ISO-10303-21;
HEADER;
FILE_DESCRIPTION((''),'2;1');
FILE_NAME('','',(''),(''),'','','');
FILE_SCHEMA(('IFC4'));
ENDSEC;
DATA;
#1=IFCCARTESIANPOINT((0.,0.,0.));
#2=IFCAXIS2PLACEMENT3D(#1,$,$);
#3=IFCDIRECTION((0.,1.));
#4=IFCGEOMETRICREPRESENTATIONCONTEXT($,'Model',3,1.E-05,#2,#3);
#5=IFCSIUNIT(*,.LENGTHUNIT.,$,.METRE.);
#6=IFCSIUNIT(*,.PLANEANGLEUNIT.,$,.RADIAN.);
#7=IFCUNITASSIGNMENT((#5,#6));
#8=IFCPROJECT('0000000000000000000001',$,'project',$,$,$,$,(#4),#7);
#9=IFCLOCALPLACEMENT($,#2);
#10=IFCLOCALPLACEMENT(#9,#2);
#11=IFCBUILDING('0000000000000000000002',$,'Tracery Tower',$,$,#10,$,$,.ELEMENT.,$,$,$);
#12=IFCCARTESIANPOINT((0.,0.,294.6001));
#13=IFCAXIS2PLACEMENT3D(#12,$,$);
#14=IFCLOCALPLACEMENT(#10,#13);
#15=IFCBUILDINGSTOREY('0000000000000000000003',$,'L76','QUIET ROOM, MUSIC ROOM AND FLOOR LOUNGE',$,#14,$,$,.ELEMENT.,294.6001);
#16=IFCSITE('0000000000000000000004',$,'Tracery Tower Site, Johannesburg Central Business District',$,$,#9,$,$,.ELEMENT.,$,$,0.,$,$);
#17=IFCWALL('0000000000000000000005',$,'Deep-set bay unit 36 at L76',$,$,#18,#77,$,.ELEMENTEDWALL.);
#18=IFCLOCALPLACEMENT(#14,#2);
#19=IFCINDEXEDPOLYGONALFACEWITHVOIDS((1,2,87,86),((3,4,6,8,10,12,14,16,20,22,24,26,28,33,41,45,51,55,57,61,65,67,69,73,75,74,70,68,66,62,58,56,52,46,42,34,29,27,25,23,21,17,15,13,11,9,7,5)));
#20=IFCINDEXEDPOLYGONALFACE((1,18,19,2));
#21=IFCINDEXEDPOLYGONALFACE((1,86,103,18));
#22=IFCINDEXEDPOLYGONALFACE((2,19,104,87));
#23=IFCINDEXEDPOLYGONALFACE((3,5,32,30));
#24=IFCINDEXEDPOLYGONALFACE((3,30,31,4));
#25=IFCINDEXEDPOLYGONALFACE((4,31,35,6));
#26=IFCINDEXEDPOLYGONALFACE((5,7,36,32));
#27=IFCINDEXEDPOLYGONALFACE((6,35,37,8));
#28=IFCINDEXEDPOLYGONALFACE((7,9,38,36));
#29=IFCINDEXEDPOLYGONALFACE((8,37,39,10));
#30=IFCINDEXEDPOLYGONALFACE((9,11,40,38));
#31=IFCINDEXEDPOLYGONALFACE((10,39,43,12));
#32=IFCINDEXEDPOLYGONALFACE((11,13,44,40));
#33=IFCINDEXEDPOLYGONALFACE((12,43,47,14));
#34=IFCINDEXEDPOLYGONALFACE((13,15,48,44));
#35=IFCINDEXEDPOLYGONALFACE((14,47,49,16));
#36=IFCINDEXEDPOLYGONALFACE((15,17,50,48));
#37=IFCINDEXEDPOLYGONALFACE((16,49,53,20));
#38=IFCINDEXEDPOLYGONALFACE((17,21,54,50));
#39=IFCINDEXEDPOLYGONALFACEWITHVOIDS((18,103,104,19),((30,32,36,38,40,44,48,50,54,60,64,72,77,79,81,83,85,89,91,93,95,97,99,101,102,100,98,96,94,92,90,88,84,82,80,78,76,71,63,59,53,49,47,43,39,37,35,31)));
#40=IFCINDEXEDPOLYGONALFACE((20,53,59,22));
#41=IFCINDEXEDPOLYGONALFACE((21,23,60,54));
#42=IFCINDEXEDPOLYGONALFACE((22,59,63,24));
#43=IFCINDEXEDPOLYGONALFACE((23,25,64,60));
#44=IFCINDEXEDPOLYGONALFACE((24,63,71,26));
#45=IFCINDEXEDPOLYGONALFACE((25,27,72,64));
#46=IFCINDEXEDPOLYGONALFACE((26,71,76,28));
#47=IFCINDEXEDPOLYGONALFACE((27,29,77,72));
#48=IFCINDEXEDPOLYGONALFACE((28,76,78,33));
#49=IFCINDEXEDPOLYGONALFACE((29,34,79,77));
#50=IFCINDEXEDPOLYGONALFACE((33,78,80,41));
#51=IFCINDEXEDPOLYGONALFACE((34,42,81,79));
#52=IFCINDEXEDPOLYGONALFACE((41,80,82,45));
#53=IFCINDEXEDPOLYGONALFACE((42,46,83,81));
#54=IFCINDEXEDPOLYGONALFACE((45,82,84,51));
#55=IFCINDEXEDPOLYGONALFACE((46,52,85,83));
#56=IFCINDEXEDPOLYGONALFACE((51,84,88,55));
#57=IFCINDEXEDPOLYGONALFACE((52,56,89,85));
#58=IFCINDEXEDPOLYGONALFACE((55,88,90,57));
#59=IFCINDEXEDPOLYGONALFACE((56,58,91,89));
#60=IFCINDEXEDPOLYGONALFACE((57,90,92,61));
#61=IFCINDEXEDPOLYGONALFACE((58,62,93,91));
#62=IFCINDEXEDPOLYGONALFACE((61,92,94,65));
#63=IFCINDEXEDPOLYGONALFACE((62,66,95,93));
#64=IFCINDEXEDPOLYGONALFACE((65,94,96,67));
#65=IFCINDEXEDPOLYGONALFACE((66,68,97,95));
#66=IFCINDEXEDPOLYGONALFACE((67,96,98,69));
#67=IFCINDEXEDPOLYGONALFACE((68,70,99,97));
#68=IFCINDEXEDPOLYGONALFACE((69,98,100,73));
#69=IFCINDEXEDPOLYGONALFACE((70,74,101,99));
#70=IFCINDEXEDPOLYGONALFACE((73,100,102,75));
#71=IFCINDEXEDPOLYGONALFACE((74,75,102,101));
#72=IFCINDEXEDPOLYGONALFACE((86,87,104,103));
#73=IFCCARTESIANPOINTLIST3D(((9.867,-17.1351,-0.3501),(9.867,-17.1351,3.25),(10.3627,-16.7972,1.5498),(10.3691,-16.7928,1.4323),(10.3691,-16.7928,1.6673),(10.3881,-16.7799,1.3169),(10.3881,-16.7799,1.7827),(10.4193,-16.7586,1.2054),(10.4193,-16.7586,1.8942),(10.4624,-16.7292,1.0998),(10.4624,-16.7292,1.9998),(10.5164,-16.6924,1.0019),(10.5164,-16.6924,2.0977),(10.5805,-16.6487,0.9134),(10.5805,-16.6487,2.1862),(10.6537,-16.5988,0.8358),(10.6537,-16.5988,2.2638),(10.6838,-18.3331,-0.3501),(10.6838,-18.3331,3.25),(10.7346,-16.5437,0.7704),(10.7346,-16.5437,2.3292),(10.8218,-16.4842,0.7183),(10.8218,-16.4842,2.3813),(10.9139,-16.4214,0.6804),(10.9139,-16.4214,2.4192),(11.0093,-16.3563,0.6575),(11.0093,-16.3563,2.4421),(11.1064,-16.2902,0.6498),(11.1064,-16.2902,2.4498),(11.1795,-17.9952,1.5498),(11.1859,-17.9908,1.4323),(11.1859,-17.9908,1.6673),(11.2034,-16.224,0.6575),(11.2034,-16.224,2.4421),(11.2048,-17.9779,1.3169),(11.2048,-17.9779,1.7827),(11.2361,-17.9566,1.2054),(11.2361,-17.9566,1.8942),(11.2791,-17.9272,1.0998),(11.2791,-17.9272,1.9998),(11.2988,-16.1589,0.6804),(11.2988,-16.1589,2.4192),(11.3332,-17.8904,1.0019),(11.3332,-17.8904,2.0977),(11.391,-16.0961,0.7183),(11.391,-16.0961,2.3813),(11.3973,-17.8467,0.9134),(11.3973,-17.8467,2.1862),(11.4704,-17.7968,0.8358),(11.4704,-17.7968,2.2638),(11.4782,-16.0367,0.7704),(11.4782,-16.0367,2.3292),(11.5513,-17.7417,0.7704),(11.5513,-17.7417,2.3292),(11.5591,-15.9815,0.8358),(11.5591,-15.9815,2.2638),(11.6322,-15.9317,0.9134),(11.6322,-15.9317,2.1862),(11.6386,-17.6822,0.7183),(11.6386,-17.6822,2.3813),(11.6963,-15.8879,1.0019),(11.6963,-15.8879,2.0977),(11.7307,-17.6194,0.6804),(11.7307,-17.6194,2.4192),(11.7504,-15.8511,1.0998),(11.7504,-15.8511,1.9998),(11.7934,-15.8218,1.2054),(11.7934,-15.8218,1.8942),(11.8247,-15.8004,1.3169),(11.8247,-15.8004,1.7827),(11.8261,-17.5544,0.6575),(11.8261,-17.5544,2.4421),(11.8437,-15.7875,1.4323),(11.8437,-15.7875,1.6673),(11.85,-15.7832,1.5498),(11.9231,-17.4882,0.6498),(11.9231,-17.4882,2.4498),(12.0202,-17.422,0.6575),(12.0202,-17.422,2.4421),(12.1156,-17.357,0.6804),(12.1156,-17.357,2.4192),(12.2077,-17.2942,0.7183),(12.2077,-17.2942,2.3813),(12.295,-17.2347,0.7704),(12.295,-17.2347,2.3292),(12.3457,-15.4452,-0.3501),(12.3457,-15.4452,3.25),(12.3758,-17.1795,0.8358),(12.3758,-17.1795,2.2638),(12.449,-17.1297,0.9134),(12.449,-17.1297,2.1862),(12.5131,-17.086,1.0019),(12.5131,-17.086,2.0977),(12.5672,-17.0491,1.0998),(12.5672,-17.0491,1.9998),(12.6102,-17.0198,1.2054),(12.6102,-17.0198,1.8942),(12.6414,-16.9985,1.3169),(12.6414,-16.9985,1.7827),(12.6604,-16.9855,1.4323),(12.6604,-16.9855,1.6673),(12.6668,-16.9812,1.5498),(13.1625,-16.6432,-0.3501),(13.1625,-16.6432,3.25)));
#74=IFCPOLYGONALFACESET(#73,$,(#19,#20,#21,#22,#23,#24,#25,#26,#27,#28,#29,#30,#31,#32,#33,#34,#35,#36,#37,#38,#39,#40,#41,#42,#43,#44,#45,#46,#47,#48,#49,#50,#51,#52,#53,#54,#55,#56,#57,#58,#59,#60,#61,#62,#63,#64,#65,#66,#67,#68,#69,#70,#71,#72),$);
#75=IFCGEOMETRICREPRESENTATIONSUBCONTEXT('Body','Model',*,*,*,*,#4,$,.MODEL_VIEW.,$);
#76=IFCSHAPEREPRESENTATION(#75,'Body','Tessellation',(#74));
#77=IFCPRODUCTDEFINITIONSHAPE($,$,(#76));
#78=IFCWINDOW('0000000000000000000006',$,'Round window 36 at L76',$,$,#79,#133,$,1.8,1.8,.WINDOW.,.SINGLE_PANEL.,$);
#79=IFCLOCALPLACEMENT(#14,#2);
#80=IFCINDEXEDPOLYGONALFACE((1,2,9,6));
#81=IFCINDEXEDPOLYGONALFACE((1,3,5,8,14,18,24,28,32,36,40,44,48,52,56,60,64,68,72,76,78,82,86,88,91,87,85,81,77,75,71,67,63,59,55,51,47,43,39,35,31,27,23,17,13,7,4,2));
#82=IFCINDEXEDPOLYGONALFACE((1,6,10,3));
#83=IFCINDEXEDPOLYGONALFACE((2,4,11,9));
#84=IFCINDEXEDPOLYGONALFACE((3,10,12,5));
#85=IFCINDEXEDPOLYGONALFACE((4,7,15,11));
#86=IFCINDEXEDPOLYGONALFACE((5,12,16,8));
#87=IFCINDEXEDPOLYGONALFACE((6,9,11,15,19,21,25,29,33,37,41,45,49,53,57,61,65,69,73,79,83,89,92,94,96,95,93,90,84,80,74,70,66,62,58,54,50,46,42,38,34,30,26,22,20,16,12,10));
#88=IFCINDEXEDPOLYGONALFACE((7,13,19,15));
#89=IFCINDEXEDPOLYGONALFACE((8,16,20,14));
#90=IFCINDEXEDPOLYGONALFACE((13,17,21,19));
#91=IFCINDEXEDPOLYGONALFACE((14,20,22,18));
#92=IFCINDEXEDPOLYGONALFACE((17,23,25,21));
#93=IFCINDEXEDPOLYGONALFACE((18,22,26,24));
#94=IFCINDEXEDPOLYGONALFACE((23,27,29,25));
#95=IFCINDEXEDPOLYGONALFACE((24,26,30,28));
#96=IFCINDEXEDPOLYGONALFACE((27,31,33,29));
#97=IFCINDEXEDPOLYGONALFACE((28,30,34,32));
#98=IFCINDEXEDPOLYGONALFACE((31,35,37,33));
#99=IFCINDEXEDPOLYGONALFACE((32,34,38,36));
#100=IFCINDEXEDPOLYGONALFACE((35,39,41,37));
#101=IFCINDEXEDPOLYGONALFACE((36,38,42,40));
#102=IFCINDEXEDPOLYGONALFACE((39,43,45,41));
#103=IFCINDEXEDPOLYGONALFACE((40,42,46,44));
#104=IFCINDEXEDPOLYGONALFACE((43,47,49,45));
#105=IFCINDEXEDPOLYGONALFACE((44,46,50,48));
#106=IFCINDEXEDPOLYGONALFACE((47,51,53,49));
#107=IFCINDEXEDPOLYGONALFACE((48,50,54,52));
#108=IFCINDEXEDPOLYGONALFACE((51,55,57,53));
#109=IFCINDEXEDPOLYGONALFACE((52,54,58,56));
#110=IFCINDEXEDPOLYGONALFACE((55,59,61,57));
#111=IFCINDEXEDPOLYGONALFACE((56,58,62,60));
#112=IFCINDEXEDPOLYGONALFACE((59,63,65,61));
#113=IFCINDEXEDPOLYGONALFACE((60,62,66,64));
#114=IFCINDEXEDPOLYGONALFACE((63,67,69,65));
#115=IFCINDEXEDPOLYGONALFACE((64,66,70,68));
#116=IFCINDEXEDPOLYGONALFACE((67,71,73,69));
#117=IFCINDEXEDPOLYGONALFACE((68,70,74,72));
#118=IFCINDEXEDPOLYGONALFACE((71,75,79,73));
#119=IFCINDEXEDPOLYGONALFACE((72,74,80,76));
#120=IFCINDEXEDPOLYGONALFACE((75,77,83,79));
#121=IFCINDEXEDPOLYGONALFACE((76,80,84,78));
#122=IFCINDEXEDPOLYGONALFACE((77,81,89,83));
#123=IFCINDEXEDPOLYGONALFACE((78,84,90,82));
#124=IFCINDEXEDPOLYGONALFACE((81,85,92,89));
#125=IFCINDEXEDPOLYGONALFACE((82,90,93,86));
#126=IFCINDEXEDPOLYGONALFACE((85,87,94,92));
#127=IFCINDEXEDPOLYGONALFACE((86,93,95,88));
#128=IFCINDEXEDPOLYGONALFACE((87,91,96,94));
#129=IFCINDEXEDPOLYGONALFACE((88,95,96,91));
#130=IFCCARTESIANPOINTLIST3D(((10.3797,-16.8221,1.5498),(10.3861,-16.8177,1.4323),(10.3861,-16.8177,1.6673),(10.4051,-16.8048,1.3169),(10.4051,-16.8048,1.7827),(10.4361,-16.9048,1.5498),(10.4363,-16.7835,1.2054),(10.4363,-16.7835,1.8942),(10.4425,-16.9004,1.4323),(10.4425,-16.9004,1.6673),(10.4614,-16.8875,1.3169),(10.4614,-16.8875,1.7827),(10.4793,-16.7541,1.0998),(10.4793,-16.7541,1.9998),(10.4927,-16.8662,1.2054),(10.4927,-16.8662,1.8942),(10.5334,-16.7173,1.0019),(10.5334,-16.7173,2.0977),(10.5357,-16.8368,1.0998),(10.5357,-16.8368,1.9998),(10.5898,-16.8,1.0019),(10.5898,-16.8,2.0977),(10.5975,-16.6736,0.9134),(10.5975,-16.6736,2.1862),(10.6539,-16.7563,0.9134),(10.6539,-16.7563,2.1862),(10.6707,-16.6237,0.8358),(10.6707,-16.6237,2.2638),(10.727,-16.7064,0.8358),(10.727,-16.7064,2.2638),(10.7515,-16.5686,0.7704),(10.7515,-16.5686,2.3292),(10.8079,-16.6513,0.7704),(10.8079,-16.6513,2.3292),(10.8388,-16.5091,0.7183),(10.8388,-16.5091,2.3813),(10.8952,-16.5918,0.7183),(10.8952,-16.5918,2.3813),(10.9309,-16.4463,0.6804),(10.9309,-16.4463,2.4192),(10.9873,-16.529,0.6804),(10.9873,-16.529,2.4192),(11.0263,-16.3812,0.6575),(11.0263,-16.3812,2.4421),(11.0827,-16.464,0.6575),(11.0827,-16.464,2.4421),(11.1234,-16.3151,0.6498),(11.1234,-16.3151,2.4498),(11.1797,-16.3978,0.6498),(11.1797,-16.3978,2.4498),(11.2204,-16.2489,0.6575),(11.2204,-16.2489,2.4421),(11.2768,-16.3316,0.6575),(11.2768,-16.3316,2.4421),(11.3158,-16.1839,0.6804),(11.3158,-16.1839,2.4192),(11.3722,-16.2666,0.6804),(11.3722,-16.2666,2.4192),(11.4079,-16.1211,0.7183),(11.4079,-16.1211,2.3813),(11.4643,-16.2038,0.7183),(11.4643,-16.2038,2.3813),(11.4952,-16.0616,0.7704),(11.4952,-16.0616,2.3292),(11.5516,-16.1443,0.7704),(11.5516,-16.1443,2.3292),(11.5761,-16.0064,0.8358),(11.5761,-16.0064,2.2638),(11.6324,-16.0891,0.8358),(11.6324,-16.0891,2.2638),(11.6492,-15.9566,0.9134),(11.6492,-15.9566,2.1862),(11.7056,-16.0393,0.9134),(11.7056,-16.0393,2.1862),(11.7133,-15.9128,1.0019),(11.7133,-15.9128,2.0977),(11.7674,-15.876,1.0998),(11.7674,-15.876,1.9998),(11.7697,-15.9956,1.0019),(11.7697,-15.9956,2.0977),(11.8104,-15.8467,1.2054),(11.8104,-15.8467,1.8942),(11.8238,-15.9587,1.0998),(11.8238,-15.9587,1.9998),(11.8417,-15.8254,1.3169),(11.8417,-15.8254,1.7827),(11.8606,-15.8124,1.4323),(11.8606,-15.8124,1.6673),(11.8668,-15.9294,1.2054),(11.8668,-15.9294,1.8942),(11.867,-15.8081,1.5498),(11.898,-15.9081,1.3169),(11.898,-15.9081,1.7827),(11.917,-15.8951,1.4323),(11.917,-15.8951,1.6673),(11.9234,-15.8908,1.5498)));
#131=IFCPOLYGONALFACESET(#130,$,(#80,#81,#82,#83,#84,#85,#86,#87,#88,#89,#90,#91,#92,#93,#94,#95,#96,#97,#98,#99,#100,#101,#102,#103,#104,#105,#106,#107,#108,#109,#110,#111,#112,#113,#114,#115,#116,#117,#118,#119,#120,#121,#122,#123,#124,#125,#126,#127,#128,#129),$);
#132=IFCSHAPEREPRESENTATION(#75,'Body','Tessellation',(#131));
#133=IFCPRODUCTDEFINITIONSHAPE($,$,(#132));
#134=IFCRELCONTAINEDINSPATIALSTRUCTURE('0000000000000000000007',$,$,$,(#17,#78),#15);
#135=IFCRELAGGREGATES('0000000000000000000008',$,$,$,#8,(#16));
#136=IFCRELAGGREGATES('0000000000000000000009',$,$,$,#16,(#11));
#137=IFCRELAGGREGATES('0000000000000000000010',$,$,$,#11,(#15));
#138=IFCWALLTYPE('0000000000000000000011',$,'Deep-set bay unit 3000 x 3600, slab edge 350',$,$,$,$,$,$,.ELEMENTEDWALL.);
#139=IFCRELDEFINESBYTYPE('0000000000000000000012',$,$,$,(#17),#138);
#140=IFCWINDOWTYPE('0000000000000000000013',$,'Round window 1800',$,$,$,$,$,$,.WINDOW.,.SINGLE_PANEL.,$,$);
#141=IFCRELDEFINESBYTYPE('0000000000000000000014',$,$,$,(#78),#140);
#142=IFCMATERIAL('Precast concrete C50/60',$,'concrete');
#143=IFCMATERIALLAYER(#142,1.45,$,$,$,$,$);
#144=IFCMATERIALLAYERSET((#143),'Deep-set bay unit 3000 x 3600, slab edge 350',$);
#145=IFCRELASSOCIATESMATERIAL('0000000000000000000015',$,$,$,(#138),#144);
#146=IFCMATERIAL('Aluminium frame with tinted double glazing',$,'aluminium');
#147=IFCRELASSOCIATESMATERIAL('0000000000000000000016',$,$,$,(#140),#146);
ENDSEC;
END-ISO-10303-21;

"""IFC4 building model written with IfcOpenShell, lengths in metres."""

from ifc_helpers import new_model, si_unit, direction, frame, frame_2d, origin, origin_2d, place, context, subcontext, project, spatial, rectangle, circle, extrude, material, layer, layer_set, type_object, element, fill, save


model = new_model("IFC4")

# Units and contexts
model_context = context("Model", 3, precision=1e-05, world=origin(), true_north=direction((0.0, 1.0)))
body_context = subcontext(model_context, "Body", "Model", "MODEL_VIEW")
ifc_project = project(units=[si_unit("LENGTHUNIT", "METRE"), si_unit("PLANEANGLEUNIT", "RADIAN")], contexts=[model_context])

# Site, building, storey
site_placement = place(None, origin())
site = spatial("IfcSite", under=ifc_project, at=site_placement, Name="Tracery Tower Site, Johannesburg Central Business District", CompositionType="ELEMENT", RefElevation=0.0)
building_placement = place(site_placement, origin())
building = spatial("IfcBuilding", under=site, at=building_placement, Name="Tracery Tower", CompositionType="ELEMENT")
storey_placement = place(building_placement, frame((0.0, 0.0, 294.6001)))
storey = spatial("IfcBuildingStorey", under=building, at=storey_placement, Name="L76", Description="QUIET ROOM, MUSIC ROOM AND FLOOR LOUNGE", CompositionType="ELEMENT", Elevation=294.6001)

# Wall, opening, window
ifc_material_1 = material(Name="Precast concrete C50/60", Category="concrete")
ifc_layer_1 = layer(ifc_material_1, 1.45)
ifc_layer_set_1 = layer_set([ifc_layer_1], Name="Deep-set bay unit 3000 x 3600, slab edge 350")
wall_type_1 = type_object("IfcWallType", Name="Deep-set bay unit 3000 x 3600, slab edge 350", PredefinedType="ELEMENTEDWALL", material=ifc_layer_set_1)
wall_1_placement = place(storey_placement, frame((10.2754, -17.7341, -0.3501), z_axis=(0.0, 0.0, 1.0), x_axis=(0.826246, 0.563309, 0.0)))
wall_1 = element("IfcWall", 1, at=wall_1_placement, inside=storey, type_object=wall_type_1, Name="Deep-set bay unit 36 at L76", PredefinedType="ELEMENTEDWALL", context=body_context, shape_type="SweptSolid", body=[
    extrude(rectangle(XDim=3.0, YDim=1.45, at=frame_2d((1.5, 0.0))), origin(), (0.0, 0.0, 1.0), 3.6001),
])
opening_1_placement = place(wall_1_placement, frame((1.5, 0.0, 1.8999)))
opening_1 = element("IfcOpeningElement", 2, at=opening_1_placement, cuts=wall_1, PredefinedType="OPENING", context=body_context, shape_type="SweptSolid", body=[
    extrude(circle(Radius=0.9, at=origin_2d()), frame((0.0, 0.7349, 0.0), z_axis=(0.0, -1.0, 0.0), x_axis=(1.0, 0.0, 0.0)), (0.0, 0.0, 1.0), 1.47),
])
ifc_material_2 = material(Name="Aluminium frame with tinted double glazing", Category="aluminium")
window_type = type_object("IfcWindowType", Name="Round window 1800", PartitioningType="SINGLE_PANEL", PredefinedType="WINDOW", material=ifc_material_2)
window_1_placement = place(opening_1_placement, origin())
window_1 = element("IfcWindow", 3, at=window_1_placement, inside=storey, type_object=window_type, Name="Round window 36 at L76", OverallHeight=1.8, OverallWidth=1.8, PartitioningType="SINGLE_PANEL", PredefinedType="WINDOW", context=body_context, shape_type="SweptSolid", body=[
    extrude(circle(Radius=0.9, at=origin_2d()), frame((0.0, 0.6948, 0.0), z_axis=(0.0, -1.0, 0.0), x_axis=(1.0, 0.0, 0.0)), (0.0, 0.0, 1.0), 0.1001),
])
fill(opening_1, window_1)

save(model, "model.ifc")
